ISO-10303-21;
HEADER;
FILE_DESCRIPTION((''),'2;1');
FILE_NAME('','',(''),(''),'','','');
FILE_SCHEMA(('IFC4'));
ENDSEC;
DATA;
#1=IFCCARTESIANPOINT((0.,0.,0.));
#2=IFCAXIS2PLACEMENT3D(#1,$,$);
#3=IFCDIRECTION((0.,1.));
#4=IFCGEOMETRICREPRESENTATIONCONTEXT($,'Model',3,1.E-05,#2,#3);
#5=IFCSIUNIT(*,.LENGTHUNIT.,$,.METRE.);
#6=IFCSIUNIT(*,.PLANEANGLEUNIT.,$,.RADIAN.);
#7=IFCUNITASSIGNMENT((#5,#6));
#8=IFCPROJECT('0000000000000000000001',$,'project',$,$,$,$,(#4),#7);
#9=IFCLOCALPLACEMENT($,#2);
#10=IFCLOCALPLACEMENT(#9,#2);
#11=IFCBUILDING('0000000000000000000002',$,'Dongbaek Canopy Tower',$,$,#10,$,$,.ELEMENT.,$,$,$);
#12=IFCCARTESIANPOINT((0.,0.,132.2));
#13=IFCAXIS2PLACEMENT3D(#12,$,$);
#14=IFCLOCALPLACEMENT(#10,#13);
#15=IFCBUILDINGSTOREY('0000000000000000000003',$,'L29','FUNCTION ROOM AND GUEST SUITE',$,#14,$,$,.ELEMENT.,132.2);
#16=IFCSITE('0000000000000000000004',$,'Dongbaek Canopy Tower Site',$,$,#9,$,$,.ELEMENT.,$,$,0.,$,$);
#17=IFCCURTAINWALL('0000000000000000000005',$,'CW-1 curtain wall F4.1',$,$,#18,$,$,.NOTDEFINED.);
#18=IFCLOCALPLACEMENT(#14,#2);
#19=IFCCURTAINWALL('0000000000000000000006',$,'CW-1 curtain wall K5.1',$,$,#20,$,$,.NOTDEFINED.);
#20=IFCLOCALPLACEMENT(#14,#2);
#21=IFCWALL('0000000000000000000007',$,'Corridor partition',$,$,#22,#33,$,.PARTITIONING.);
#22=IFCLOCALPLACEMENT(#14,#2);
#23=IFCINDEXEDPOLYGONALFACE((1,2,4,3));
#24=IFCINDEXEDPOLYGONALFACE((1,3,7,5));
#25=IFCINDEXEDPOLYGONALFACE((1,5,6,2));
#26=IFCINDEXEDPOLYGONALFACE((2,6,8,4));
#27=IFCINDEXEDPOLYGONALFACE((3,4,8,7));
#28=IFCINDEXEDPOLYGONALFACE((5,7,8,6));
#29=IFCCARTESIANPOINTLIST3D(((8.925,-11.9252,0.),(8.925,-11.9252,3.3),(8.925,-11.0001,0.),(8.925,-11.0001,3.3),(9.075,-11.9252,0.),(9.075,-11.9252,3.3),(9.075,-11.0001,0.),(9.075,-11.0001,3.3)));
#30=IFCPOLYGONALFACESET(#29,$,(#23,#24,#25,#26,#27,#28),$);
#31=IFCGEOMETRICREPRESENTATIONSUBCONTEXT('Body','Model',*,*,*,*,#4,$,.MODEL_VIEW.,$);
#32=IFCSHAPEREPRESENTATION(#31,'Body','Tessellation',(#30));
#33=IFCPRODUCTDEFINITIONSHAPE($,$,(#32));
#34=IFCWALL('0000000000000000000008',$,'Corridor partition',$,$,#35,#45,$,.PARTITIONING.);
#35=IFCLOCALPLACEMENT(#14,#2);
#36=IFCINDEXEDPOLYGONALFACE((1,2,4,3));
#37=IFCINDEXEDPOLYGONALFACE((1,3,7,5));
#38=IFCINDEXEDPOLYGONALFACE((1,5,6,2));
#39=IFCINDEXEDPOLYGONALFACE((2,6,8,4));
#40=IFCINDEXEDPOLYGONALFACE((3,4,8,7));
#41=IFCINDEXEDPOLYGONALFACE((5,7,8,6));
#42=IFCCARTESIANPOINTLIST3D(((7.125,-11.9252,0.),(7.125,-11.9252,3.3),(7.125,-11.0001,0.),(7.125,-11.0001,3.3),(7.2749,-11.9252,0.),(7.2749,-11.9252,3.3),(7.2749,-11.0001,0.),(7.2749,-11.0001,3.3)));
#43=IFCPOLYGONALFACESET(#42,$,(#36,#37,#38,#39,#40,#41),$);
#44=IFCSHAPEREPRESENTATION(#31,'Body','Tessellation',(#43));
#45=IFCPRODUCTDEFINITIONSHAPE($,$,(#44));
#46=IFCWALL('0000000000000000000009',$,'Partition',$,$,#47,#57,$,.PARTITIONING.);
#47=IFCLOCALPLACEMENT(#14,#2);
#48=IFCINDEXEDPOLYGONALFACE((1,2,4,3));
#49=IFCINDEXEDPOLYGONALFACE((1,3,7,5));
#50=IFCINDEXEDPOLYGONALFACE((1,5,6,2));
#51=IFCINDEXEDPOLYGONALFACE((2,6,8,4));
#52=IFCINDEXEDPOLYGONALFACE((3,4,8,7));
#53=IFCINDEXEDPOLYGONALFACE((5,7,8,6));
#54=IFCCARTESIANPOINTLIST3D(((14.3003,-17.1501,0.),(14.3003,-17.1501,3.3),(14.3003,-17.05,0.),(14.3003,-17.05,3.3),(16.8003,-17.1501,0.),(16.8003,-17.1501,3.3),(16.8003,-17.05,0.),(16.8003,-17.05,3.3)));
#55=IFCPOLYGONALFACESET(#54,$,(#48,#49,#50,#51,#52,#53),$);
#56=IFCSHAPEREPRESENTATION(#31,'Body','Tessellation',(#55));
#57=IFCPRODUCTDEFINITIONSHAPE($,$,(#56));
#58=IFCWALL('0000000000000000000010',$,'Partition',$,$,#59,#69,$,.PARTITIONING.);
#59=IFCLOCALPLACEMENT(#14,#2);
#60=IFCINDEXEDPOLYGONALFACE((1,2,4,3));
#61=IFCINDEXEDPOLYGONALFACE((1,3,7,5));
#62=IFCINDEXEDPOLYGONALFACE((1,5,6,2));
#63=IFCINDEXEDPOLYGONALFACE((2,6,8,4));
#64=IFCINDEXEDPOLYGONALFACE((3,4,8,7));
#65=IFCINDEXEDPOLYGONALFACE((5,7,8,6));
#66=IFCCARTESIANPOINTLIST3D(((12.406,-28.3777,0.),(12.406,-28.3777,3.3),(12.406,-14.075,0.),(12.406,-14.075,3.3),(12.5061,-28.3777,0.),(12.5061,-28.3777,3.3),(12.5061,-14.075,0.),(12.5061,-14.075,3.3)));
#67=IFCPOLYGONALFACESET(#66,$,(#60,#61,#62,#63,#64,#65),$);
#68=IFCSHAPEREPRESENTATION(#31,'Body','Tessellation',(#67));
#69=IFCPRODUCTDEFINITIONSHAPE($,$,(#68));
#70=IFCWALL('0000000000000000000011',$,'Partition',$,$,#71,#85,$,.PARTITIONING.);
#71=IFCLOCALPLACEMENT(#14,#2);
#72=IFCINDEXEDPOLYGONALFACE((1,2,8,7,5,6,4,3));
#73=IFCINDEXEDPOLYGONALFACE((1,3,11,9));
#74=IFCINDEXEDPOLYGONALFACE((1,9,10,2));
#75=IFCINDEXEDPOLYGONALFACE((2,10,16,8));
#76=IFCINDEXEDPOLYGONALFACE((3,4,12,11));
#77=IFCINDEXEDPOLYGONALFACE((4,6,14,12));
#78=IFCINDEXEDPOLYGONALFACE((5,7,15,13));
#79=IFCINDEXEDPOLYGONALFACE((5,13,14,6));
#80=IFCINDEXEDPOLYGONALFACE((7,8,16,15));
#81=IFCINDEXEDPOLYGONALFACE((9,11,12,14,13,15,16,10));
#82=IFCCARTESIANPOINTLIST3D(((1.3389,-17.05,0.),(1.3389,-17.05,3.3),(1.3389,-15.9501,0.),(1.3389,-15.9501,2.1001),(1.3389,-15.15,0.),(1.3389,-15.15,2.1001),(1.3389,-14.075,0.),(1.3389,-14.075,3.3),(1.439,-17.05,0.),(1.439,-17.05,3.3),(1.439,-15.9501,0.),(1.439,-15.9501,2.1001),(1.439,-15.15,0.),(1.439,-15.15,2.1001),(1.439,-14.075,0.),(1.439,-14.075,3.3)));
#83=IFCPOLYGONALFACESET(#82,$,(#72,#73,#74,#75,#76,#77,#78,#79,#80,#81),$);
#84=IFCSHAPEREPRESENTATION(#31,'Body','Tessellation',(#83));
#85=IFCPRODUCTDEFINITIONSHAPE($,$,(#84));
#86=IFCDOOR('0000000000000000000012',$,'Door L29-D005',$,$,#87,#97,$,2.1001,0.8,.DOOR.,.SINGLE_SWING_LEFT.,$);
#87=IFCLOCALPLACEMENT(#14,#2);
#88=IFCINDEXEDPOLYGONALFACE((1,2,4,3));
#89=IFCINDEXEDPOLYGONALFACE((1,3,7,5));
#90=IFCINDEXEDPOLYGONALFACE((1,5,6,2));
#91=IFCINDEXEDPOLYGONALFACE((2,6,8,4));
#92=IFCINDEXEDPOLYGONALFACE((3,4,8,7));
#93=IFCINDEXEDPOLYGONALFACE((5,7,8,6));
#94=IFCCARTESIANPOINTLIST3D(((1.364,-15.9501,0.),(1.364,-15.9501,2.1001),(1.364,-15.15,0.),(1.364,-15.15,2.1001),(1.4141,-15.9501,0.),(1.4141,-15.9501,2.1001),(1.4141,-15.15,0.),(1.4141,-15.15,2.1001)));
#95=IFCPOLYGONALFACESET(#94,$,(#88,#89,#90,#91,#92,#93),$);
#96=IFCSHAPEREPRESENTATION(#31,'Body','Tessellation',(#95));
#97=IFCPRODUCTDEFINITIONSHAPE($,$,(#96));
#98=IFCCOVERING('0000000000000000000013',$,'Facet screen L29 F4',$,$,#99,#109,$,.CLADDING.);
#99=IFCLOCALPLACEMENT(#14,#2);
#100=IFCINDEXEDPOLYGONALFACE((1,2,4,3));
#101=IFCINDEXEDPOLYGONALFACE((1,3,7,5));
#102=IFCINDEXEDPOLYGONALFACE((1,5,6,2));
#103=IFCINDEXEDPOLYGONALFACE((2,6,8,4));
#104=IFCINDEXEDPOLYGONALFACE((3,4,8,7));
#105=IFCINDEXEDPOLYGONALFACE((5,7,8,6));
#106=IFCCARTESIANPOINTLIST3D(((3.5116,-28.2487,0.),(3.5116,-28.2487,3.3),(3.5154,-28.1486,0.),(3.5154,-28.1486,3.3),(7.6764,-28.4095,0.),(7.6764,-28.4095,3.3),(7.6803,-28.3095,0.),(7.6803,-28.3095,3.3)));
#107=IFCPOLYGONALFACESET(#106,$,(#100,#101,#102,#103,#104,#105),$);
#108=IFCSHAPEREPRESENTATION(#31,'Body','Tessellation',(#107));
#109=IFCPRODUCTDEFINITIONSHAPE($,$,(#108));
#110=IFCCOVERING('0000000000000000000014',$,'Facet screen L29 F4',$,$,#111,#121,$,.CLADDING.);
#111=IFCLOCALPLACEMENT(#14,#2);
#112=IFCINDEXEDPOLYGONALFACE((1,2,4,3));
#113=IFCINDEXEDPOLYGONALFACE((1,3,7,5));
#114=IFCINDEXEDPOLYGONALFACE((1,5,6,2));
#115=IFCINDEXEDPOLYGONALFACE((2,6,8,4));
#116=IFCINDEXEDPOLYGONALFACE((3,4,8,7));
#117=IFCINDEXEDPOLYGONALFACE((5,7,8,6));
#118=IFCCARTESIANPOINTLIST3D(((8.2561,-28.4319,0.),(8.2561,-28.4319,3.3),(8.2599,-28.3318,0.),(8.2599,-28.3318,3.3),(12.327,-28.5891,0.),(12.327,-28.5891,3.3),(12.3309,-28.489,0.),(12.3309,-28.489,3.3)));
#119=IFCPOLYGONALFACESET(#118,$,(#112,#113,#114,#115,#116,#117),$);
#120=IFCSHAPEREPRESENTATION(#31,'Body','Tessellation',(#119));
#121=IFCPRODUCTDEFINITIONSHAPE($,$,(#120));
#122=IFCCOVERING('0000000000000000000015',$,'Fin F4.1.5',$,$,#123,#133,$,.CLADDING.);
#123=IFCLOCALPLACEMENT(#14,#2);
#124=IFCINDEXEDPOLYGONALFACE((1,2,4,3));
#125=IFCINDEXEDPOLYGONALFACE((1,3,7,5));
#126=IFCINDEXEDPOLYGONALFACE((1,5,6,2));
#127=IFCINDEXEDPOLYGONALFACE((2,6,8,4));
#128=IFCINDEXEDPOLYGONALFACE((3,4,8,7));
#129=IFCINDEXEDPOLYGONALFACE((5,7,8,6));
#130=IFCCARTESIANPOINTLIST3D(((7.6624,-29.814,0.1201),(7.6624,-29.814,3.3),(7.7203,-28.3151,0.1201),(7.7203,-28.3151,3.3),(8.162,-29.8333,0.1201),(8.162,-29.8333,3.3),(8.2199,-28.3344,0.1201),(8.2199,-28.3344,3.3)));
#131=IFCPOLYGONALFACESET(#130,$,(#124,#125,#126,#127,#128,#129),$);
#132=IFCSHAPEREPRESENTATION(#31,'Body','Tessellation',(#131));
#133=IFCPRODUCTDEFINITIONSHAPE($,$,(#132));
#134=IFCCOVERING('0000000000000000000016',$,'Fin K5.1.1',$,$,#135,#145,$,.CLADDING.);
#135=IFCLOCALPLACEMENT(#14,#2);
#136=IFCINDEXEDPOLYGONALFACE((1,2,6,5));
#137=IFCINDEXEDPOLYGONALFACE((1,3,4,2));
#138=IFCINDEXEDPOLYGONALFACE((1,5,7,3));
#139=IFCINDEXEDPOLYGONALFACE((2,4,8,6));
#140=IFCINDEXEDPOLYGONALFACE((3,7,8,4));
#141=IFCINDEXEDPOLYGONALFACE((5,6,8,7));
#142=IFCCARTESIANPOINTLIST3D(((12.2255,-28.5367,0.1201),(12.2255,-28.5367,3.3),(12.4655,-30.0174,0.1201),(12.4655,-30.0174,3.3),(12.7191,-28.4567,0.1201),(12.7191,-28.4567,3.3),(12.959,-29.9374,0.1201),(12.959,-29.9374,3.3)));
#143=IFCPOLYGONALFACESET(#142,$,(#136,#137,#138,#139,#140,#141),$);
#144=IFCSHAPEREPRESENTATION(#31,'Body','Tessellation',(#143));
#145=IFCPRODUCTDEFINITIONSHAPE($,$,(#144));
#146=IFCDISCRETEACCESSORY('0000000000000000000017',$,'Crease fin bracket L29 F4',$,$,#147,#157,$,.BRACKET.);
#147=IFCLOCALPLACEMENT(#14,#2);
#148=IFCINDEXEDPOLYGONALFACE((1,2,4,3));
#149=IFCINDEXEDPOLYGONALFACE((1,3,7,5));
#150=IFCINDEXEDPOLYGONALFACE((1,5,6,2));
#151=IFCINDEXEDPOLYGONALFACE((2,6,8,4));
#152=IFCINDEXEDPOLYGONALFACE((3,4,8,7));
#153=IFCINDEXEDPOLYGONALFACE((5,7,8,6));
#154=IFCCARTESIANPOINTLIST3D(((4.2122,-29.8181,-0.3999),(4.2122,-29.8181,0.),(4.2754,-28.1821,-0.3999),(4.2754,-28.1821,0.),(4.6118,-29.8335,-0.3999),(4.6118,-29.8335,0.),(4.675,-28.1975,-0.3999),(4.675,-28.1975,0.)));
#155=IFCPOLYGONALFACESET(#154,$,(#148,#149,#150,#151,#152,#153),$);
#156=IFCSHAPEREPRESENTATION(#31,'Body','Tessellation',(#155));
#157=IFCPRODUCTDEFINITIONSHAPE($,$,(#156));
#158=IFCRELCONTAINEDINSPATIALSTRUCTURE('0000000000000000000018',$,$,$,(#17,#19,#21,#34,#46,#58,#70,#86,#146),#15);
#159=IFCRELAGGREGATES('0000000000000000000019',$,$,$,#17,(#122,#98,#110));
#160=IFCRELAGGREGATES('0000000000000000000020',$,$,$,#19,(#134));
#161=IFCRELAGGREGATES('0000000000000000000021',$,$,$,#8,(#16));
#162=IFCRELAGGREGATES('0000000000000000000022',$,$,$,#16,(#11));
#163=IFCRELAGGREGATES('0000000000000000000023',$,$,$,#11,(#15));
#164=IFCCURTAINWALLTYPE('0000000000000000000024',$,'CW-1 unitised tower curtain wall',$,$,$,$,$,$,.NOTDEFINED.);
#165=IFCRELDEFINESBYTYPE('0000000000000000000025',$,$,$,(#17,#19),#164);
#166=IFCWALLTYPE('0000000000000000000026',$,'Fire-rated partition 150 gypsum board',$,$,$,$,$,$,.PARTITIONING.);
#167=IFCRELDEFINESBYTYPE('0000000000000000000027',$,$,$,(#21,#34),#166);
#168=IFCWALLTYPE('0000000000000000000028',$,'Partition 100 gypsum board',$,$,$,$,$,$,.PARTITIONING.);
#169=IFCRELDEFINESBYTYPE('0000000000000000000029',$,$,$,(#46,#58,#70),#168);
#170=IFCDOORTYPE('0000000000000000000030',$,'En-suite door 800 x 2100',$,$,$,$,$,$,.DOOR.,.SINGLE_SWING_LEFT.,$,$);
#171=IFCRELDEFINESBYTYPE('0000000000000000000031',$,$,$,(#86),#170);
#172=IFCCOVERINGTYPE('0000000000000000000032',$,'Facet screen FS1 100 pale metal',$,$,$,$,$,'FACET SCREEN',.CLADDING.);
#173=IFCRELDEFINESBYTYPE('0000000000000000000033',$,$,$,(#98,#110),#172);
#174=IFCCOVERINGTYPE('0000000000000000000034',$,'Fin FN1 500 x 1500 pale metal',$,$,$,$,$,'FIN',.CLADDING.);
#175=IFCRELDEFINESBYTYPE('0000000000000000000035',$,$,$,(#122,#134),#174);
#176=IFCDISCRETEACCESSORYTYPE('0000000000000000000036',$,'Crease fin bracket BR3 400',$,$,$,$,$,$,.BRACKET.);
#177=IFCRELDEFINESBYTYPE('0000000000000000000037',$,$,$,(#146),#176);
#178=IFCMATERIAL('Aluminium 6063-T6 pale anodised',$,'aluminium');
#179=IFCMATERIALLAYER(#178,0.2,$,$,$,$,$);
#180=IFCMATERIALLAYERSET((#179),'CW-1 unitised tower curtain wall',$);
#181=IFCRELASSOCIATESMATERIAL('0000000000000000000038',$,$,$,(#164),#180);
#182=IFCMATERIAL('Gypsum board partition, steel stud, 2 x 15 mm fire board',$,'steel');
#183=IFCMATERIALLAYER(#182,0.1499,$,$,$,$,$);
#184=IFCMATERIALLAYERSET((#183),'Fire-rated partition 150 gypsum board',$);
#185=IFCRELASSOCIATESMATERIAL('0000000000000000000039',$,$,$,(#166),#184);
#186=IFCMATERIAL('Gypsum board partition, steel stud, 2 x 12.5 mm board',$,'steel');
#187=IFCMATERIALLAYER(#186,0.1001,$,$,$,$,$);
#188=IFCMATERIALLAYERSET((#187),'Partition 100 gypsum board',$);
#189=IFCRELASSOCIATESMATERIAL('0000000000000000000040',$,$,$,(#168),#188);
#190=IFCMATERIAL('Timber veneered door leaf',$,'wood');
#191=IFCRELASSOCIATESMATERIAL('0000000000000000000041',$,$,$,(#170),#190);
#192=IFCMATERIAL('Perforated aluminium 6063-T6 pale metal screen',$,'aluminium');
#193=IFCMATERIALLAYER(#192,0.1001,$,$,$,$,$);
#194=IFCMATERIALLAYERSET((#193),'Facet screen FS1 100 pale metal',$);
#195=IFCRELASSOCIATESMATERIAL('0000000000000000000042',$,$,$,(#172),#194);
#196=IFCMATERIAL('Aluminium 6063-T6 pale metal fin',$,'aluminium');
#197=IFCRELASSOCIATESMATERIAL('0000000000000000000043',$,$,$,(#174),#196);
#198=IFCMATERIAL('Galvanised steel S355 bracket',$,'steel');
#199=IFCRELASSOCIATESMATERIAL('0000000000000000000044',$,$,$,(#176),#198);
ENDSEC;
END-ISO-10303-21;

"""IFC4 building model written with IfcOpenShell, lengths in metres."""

from ifc_helpers import new_model, si_unit, direction, frame, frame_2d, origin, origin_2d, place, context, subcontext, project, spatial, rectangle, extrude, material, layer, layer_set, material_profile, profile_set, type_object, element, fill, aggregate, save


model = new_model("IFC4")

# Units and contexts
model_context = context("Model", 3, precision=1e-05, world=origin(), true_north=direction((0.0, 1.0)))
body_context = subcontext(model_context, "Body", "Model", "MODEL_VIEW")
ifc_project = project(units=[si_unit("LENGTHUNIT", "METRE"), si_unit("PLANEANGLEUNIT", "RADIAN")], contexts=[model_context])

# Site, building, storey
site_placement = place(None, origin())
site = spatial("IfcSite", under=ifc_project, at=site_placement, Name="Dongbaek Canopy Tower Site", CompositionType="ELEMENT", RefElevation=0.0)
building_placement = place(site_placement, origin())
building = spatial("IfcBuilding", under=site, at=building_placement, Name="Dongbaek Canopy Tower", CompositionType="ELEMENT")
storey_placement = place(building_placement, frame((0.0, 0.0, 132.2)))
storey = spatial("IfcBuildingStorey", under=building, at=storey_placement, Name="L29", Description="FUNCTION ROOM AND GUEST SUITE", CompositionType="ELEMENT", Elevation=132.2)

# Curtain wall
ifc_material_1 = material(Name="Aluminium 6063-T6 pale anodised", Category="aluminium")
ifc_layer_1 = layer(ifc_material_1, 0.2)
ifc_layer_set_1 = layer_set([ifc_layer_1], Name="CW-1 unitised tower curtain wall")
curtain_wall_type = type_object("IfcCurtainWallType", Name="CW-1 unitised tower curtain wall", PredefinedType="NOTDEFINED", material=ifc_layer_set_1)
curtain_wall_1_placement = place(storey_placement, origin())
curtain_wall_1 = element("IfcCurtainWall", 1, at=curtain_wall_1_placement, inside=storey, type_object=curtain_wall_type, Name="CW-1 curtain wall F4.1", PredefinedType="NOTDEFINED")

# Curtain wall
curtain_wall_2_placement = place(storey_placement, origin())
curtain_wall_2 = element("IfcCurtainWall", 2, at=curtain_wall_2_placement, inside=storey, type_object=curtain_wall_type, Name="CW-1 curtain wall K5.1", PredefinedType="NOTDEFINED")

# Walls
ifc_material_2 = material(Name="Gypsum board partition, steel stud, 2 x 15 mm fire board", Category="steel")
ifc_layer_2 = layer(ifc_material_2, 0.1499)
ifc_layer_set_2 = layer_set([ifc_layer_2], Name="Fire-rated partition 150 gypsum board")
wall_type_1 = type_object("IfcWallType", Name="Fire-rated partition 150 gypsum board", PredefinedType="PARTITIONING", material=ifc_layer_set_2)
for number, where, z_axis, x_axis, name in (
    (3, (9.0, -11.925, 0.0), (0.0, 0.0, 1.0), (0.0, 1.0, 0.0), "Corridor partition"),
    (4, (7.2, -11.925, 0.0), (0.0, 0.0, 1.0), (0.0, 1.0, 0.0), "Corridor partition"),
):
    element("IfcWall", number, at=place(storey_placement, frame(where, z_axis=z_axis, x_axis=x_axis)), inside=storey, type_object=wall_type_1, Name=name, PredefinedType="PARTITIONING", context=body_context, shape_type="SweptSolid", body=[
        extrude(rectangle(XDim=0.925, YDim=0.1499, at=frame_2d((0.4624, 0.0))), origin(), (0.0, 0.0, 1.0), 3.3),
    ])
ifc_material_3 = material(Name="Gypsum board partition, steel stud, 2 x 12.5 mm board", Category="steel")
ifc_layer_3 = layer(ifc_material_3, 0.1001)
ifc_layer_set_3 = layer_set([ifc_layer_3], Name="Partition 100 gypsum board")
wall_type_2 = type_object("IfcWallType", Name="Partition 100 gypsum board", PredefinedType="PARTITIONING", material=ifc_layer_set_3)
wall_1_placement = place(storey_placement, frame((14.3003, -17.1001, 0.0), z_axis=(0.0, 0.0, 1.0), x_axis=(1.0, 0.0, 0.0)))
element("IfcWall", 5, at=wall_1_placement, inside=storey, type_object=wall_type_2, Name="Partition", PredefinedType="PARTITIONING", context=body_context, shape_type="SweptSolid", body=[
    extrude(rectangle(XDim=2.5, YDim=0.1001, at=frame_2d((1.25, 0.0))), origin(), (0.0, 0.0, 1.0), 3.3),
])
wall_2_placement = place(storey_placement, frame((12.4561, -28.3777, 0.0), z_axis=(0.0, 0.0, 1.0), x_axis=(0.0, 1.0, 0.0)))
element("IfcWall", 6, at=wall_2_placement, inside=storey, type_object=wall_type_2, Name="Partition", PredefinedType="PARTITIONING", context=body_context, shape_type="SweptSolid", body=[
    extrude(rectangle(XDim=14.3027, YDim=0.1001, at=frame_2d((7.1514, 0.0))), origin(), (0.0, 0.0, 1.0), 3.3),
])

# Wall, opening, door
wall_3_placement = place(storey_placement, frame((1.3889, -17.05, 0.0), z_axis=(0.0, 0.0, 1.0), x_axis=(0.0, 1.0, 0.0)))
wall_3 = element("IfcWall", 7, at=wall_3_placement, inside=storey, type_object=wall_type_2, Name="Partition", PredefinedType="PARTITIONING", context=body_context, shape_type="SweptSolid", body=[
    extrude(rectangle(XDim=2.9751, YDim=0.1001, at=frame_2d((1.4875, 0.0))), origin(), (0.0, 0.0, 1.0), 3.3),
])
opening_placement = place(wall_3_placement, frame((1.1001, 0.0, 0.0)))
opening = element("IfcOpeningElement", 8, at=opening_placement, cuts=wall_3, PredefinedType="OPENING", context=body_context, shape_type="SweptSolid", body=[
    extrude(rectangle(XDim=0.8, YDim=2.1001, at=frame_2d((0.3999, 1.05))), frame((0.0, 0.0601, 0.0), z_axis=(0.0, -1.0, 0.0), x_axis=(1.0, 0.0, 0.0)), (0.0, 0.0, 1.0), 0.1201),
])
ifc_material_4 = material(Name="Timber veneered door leaf", Category="wood")
door_type = type_object("IfcDoorType", Name="En-suite door 800 x 2100", OperationType="SINGLE_SWING_LEFT", PredefinedType="DOOR", material=ifc_material_4)
door_placement = place(opening_placement, origin())
door = element("IfcDoor", 9, at=door_placement, inside=storey, type_object=door_type, Name="Door L29-D005", OperationType="SINGLE_SWING_LEFT", OverallHeight=2.1001, OverallWidth=0.8, PredefinedType="DOOR", context=body_context, shape_type="SweptSolid", body=[
    extrude(rectangle(XDim=0.8, YDim=2.1001, at=frame_2d((0.3999, 1.05))), frame((0.0, 0.0249, 0.0), z_axis=(0.0, -1.0, 0.0), x_axis=(1.0, 0.0, 0.0)), (0.0, 0.0, 1.0), 0.05),
])
fill(opening, door)

# Coverings
ifc_material_5 = material(Name="Perforated aluminium 6063-T6 pale metal screen", Category="aluminium")
ifc_layer_4 = layer(ifc_material_5, 0.1001)
ifc_layer_set_4 = layer_set([ifc_layer_4], Name="Facet screen FS1 100 pale metal")
covering_type_1 = type_object("IfcCoveringType", Name="Facet screen FS1 100 pale metal", ElementType="FACET SCREEN", PredefinedType="CLADDING", material=ifc_layer_set_4)
covering_1_placement = place(storey_placement, frame((5.5959, -28.2791, 0.0), z_axis=(0.0, 0.0, 1.0), x_axis=(0.999255, -0.038587, 0.0)))
covering_1 = element("IfcCovering", 10, at=covering_1_placement, type_object=covering_type_1, Name="Facet screen L29 F4", PredefinedType="CLADDING", context=body_context, shape_type="SweptSolid", body=[
    extrude(rectangle(XDim=4.168, YDim=0.1001, at=origin_2d()), origin(), (0.0, 0.0, 1.0), 3.3),
])
covering_2_placement = place(storey_placement, frame((10.2935, -28.4604, 0.0), z_axis=(0.0, 0.0, 1.0), x_axis=(0.999255, -0.038587, 0.0)))
covering_2 = element("IfcCovering", 11, at=covering_2_placement, type_object=covering_type_1, Name="Facet screen L29 F4", PredefinedType="CLADDING", context=body_context, shape_type="SweptSolid", body=[
    extrude(rectangle(XDim=4.074, YDim=0.1001, at=origin_2d()), origin(), (0.0, 0.0, 1.0), 3.3),
])
ifc_material_6 = material(Name="Aluminium 6063-T6 pale metal fin", Category="aluminium")
ifc_material_profile_1 = material_profile(ifc_material_6, rectangle(XDim=1.5, YDim=0.5, at=origin_2d()), Name="Fin FN1 500 x 1500 pale metal")
ifc_profile_set_1 = profile_set([ifc_material_profile_1], Name="Aluminium 6063-T6 pale metal fin")
covering_type_2 = type_object("IfcCoveringType", Name="Fin FN1 500 x 1500 pale metal", ElementType="FIN", PredefinedType="CLADDING", material=ifc_profile_set_1)
covering_3_placement = place(storey_placement, frame((7.9412, -29.0742, 0.1201), z_axis=(0.0, 0.0, 1.0), x_axis=(-0.038587, -0.999255, 0.0)))
covering_3 = element("IfcCovering", 12, at=covering_3_placement, type_object=covering_type_2, Name="Fin F4.1.5", PredefinedType="CLADDING", context=body_context, shape_type="SweptSolid", body=[
    extrude(rectangle(XDim=1.5, YDim=0.5, at=origin_2d()), origin(), (0.0, 0.0, 1.0), 3.1799),
])
aggregate(curtain_wall_1, [covering_3, covering_1, covering_2])
covering_4_placement = place(storey_placement, frame((12.5923, -29.2371, 0.1201), z_axis=(0.0, 0.0, 1.0), x_axis=(0.159963, -0.987123, 0.0)))
covering_4 = element("IfcCovering", 13, at=covering_4_placement, type_object=covering_type_2, Name="Fin K5.1.1", PredefinedType="CLADDING", context=body_context, shape_type="SweptSolid", body=[
    extrude(rectangle(XDim=1.5, YDim=0.5, at=origin_2d()), origin(), (0.0, 0.0, 1.0), 3.1799),
])
aggregate(curtain_wall_2, [covering_4])

# Discrete accessory
ifc_material_7 = material(Name="Galvanised steel S355 bracket", Category="steel")
discrete_accessory_type = type_object("IfcDiscreteAccessoryType", Name="Crease fin bracket BR3 400", PredefinedType="BRACKET", material=ifc_material_7)
discrete_accessory_placement = place(storey_placement, frame((4.4436, -29.0078, -0.3999), z_axis=(0.0, 0.0, 1.0), x_axis=(-0.038587, -0.999255, 0.0)))
element("IfcDiscreteAccessory", 14, at=discrete_accessory_placement, inside=storey, type_object=discrete_accessory_type, Name="Crease fin bracket L29 F4", PredefinedType="BRACKET", context=body_context, shape_type="SweptSolid", body=[
    extrude(rectangle(XDim=1.6372, YDim=0.3999, at=origin_2d()), origin(), (0.0, 0.0, 1.0), 0.3999),
])

save(model, "model.ifc")
